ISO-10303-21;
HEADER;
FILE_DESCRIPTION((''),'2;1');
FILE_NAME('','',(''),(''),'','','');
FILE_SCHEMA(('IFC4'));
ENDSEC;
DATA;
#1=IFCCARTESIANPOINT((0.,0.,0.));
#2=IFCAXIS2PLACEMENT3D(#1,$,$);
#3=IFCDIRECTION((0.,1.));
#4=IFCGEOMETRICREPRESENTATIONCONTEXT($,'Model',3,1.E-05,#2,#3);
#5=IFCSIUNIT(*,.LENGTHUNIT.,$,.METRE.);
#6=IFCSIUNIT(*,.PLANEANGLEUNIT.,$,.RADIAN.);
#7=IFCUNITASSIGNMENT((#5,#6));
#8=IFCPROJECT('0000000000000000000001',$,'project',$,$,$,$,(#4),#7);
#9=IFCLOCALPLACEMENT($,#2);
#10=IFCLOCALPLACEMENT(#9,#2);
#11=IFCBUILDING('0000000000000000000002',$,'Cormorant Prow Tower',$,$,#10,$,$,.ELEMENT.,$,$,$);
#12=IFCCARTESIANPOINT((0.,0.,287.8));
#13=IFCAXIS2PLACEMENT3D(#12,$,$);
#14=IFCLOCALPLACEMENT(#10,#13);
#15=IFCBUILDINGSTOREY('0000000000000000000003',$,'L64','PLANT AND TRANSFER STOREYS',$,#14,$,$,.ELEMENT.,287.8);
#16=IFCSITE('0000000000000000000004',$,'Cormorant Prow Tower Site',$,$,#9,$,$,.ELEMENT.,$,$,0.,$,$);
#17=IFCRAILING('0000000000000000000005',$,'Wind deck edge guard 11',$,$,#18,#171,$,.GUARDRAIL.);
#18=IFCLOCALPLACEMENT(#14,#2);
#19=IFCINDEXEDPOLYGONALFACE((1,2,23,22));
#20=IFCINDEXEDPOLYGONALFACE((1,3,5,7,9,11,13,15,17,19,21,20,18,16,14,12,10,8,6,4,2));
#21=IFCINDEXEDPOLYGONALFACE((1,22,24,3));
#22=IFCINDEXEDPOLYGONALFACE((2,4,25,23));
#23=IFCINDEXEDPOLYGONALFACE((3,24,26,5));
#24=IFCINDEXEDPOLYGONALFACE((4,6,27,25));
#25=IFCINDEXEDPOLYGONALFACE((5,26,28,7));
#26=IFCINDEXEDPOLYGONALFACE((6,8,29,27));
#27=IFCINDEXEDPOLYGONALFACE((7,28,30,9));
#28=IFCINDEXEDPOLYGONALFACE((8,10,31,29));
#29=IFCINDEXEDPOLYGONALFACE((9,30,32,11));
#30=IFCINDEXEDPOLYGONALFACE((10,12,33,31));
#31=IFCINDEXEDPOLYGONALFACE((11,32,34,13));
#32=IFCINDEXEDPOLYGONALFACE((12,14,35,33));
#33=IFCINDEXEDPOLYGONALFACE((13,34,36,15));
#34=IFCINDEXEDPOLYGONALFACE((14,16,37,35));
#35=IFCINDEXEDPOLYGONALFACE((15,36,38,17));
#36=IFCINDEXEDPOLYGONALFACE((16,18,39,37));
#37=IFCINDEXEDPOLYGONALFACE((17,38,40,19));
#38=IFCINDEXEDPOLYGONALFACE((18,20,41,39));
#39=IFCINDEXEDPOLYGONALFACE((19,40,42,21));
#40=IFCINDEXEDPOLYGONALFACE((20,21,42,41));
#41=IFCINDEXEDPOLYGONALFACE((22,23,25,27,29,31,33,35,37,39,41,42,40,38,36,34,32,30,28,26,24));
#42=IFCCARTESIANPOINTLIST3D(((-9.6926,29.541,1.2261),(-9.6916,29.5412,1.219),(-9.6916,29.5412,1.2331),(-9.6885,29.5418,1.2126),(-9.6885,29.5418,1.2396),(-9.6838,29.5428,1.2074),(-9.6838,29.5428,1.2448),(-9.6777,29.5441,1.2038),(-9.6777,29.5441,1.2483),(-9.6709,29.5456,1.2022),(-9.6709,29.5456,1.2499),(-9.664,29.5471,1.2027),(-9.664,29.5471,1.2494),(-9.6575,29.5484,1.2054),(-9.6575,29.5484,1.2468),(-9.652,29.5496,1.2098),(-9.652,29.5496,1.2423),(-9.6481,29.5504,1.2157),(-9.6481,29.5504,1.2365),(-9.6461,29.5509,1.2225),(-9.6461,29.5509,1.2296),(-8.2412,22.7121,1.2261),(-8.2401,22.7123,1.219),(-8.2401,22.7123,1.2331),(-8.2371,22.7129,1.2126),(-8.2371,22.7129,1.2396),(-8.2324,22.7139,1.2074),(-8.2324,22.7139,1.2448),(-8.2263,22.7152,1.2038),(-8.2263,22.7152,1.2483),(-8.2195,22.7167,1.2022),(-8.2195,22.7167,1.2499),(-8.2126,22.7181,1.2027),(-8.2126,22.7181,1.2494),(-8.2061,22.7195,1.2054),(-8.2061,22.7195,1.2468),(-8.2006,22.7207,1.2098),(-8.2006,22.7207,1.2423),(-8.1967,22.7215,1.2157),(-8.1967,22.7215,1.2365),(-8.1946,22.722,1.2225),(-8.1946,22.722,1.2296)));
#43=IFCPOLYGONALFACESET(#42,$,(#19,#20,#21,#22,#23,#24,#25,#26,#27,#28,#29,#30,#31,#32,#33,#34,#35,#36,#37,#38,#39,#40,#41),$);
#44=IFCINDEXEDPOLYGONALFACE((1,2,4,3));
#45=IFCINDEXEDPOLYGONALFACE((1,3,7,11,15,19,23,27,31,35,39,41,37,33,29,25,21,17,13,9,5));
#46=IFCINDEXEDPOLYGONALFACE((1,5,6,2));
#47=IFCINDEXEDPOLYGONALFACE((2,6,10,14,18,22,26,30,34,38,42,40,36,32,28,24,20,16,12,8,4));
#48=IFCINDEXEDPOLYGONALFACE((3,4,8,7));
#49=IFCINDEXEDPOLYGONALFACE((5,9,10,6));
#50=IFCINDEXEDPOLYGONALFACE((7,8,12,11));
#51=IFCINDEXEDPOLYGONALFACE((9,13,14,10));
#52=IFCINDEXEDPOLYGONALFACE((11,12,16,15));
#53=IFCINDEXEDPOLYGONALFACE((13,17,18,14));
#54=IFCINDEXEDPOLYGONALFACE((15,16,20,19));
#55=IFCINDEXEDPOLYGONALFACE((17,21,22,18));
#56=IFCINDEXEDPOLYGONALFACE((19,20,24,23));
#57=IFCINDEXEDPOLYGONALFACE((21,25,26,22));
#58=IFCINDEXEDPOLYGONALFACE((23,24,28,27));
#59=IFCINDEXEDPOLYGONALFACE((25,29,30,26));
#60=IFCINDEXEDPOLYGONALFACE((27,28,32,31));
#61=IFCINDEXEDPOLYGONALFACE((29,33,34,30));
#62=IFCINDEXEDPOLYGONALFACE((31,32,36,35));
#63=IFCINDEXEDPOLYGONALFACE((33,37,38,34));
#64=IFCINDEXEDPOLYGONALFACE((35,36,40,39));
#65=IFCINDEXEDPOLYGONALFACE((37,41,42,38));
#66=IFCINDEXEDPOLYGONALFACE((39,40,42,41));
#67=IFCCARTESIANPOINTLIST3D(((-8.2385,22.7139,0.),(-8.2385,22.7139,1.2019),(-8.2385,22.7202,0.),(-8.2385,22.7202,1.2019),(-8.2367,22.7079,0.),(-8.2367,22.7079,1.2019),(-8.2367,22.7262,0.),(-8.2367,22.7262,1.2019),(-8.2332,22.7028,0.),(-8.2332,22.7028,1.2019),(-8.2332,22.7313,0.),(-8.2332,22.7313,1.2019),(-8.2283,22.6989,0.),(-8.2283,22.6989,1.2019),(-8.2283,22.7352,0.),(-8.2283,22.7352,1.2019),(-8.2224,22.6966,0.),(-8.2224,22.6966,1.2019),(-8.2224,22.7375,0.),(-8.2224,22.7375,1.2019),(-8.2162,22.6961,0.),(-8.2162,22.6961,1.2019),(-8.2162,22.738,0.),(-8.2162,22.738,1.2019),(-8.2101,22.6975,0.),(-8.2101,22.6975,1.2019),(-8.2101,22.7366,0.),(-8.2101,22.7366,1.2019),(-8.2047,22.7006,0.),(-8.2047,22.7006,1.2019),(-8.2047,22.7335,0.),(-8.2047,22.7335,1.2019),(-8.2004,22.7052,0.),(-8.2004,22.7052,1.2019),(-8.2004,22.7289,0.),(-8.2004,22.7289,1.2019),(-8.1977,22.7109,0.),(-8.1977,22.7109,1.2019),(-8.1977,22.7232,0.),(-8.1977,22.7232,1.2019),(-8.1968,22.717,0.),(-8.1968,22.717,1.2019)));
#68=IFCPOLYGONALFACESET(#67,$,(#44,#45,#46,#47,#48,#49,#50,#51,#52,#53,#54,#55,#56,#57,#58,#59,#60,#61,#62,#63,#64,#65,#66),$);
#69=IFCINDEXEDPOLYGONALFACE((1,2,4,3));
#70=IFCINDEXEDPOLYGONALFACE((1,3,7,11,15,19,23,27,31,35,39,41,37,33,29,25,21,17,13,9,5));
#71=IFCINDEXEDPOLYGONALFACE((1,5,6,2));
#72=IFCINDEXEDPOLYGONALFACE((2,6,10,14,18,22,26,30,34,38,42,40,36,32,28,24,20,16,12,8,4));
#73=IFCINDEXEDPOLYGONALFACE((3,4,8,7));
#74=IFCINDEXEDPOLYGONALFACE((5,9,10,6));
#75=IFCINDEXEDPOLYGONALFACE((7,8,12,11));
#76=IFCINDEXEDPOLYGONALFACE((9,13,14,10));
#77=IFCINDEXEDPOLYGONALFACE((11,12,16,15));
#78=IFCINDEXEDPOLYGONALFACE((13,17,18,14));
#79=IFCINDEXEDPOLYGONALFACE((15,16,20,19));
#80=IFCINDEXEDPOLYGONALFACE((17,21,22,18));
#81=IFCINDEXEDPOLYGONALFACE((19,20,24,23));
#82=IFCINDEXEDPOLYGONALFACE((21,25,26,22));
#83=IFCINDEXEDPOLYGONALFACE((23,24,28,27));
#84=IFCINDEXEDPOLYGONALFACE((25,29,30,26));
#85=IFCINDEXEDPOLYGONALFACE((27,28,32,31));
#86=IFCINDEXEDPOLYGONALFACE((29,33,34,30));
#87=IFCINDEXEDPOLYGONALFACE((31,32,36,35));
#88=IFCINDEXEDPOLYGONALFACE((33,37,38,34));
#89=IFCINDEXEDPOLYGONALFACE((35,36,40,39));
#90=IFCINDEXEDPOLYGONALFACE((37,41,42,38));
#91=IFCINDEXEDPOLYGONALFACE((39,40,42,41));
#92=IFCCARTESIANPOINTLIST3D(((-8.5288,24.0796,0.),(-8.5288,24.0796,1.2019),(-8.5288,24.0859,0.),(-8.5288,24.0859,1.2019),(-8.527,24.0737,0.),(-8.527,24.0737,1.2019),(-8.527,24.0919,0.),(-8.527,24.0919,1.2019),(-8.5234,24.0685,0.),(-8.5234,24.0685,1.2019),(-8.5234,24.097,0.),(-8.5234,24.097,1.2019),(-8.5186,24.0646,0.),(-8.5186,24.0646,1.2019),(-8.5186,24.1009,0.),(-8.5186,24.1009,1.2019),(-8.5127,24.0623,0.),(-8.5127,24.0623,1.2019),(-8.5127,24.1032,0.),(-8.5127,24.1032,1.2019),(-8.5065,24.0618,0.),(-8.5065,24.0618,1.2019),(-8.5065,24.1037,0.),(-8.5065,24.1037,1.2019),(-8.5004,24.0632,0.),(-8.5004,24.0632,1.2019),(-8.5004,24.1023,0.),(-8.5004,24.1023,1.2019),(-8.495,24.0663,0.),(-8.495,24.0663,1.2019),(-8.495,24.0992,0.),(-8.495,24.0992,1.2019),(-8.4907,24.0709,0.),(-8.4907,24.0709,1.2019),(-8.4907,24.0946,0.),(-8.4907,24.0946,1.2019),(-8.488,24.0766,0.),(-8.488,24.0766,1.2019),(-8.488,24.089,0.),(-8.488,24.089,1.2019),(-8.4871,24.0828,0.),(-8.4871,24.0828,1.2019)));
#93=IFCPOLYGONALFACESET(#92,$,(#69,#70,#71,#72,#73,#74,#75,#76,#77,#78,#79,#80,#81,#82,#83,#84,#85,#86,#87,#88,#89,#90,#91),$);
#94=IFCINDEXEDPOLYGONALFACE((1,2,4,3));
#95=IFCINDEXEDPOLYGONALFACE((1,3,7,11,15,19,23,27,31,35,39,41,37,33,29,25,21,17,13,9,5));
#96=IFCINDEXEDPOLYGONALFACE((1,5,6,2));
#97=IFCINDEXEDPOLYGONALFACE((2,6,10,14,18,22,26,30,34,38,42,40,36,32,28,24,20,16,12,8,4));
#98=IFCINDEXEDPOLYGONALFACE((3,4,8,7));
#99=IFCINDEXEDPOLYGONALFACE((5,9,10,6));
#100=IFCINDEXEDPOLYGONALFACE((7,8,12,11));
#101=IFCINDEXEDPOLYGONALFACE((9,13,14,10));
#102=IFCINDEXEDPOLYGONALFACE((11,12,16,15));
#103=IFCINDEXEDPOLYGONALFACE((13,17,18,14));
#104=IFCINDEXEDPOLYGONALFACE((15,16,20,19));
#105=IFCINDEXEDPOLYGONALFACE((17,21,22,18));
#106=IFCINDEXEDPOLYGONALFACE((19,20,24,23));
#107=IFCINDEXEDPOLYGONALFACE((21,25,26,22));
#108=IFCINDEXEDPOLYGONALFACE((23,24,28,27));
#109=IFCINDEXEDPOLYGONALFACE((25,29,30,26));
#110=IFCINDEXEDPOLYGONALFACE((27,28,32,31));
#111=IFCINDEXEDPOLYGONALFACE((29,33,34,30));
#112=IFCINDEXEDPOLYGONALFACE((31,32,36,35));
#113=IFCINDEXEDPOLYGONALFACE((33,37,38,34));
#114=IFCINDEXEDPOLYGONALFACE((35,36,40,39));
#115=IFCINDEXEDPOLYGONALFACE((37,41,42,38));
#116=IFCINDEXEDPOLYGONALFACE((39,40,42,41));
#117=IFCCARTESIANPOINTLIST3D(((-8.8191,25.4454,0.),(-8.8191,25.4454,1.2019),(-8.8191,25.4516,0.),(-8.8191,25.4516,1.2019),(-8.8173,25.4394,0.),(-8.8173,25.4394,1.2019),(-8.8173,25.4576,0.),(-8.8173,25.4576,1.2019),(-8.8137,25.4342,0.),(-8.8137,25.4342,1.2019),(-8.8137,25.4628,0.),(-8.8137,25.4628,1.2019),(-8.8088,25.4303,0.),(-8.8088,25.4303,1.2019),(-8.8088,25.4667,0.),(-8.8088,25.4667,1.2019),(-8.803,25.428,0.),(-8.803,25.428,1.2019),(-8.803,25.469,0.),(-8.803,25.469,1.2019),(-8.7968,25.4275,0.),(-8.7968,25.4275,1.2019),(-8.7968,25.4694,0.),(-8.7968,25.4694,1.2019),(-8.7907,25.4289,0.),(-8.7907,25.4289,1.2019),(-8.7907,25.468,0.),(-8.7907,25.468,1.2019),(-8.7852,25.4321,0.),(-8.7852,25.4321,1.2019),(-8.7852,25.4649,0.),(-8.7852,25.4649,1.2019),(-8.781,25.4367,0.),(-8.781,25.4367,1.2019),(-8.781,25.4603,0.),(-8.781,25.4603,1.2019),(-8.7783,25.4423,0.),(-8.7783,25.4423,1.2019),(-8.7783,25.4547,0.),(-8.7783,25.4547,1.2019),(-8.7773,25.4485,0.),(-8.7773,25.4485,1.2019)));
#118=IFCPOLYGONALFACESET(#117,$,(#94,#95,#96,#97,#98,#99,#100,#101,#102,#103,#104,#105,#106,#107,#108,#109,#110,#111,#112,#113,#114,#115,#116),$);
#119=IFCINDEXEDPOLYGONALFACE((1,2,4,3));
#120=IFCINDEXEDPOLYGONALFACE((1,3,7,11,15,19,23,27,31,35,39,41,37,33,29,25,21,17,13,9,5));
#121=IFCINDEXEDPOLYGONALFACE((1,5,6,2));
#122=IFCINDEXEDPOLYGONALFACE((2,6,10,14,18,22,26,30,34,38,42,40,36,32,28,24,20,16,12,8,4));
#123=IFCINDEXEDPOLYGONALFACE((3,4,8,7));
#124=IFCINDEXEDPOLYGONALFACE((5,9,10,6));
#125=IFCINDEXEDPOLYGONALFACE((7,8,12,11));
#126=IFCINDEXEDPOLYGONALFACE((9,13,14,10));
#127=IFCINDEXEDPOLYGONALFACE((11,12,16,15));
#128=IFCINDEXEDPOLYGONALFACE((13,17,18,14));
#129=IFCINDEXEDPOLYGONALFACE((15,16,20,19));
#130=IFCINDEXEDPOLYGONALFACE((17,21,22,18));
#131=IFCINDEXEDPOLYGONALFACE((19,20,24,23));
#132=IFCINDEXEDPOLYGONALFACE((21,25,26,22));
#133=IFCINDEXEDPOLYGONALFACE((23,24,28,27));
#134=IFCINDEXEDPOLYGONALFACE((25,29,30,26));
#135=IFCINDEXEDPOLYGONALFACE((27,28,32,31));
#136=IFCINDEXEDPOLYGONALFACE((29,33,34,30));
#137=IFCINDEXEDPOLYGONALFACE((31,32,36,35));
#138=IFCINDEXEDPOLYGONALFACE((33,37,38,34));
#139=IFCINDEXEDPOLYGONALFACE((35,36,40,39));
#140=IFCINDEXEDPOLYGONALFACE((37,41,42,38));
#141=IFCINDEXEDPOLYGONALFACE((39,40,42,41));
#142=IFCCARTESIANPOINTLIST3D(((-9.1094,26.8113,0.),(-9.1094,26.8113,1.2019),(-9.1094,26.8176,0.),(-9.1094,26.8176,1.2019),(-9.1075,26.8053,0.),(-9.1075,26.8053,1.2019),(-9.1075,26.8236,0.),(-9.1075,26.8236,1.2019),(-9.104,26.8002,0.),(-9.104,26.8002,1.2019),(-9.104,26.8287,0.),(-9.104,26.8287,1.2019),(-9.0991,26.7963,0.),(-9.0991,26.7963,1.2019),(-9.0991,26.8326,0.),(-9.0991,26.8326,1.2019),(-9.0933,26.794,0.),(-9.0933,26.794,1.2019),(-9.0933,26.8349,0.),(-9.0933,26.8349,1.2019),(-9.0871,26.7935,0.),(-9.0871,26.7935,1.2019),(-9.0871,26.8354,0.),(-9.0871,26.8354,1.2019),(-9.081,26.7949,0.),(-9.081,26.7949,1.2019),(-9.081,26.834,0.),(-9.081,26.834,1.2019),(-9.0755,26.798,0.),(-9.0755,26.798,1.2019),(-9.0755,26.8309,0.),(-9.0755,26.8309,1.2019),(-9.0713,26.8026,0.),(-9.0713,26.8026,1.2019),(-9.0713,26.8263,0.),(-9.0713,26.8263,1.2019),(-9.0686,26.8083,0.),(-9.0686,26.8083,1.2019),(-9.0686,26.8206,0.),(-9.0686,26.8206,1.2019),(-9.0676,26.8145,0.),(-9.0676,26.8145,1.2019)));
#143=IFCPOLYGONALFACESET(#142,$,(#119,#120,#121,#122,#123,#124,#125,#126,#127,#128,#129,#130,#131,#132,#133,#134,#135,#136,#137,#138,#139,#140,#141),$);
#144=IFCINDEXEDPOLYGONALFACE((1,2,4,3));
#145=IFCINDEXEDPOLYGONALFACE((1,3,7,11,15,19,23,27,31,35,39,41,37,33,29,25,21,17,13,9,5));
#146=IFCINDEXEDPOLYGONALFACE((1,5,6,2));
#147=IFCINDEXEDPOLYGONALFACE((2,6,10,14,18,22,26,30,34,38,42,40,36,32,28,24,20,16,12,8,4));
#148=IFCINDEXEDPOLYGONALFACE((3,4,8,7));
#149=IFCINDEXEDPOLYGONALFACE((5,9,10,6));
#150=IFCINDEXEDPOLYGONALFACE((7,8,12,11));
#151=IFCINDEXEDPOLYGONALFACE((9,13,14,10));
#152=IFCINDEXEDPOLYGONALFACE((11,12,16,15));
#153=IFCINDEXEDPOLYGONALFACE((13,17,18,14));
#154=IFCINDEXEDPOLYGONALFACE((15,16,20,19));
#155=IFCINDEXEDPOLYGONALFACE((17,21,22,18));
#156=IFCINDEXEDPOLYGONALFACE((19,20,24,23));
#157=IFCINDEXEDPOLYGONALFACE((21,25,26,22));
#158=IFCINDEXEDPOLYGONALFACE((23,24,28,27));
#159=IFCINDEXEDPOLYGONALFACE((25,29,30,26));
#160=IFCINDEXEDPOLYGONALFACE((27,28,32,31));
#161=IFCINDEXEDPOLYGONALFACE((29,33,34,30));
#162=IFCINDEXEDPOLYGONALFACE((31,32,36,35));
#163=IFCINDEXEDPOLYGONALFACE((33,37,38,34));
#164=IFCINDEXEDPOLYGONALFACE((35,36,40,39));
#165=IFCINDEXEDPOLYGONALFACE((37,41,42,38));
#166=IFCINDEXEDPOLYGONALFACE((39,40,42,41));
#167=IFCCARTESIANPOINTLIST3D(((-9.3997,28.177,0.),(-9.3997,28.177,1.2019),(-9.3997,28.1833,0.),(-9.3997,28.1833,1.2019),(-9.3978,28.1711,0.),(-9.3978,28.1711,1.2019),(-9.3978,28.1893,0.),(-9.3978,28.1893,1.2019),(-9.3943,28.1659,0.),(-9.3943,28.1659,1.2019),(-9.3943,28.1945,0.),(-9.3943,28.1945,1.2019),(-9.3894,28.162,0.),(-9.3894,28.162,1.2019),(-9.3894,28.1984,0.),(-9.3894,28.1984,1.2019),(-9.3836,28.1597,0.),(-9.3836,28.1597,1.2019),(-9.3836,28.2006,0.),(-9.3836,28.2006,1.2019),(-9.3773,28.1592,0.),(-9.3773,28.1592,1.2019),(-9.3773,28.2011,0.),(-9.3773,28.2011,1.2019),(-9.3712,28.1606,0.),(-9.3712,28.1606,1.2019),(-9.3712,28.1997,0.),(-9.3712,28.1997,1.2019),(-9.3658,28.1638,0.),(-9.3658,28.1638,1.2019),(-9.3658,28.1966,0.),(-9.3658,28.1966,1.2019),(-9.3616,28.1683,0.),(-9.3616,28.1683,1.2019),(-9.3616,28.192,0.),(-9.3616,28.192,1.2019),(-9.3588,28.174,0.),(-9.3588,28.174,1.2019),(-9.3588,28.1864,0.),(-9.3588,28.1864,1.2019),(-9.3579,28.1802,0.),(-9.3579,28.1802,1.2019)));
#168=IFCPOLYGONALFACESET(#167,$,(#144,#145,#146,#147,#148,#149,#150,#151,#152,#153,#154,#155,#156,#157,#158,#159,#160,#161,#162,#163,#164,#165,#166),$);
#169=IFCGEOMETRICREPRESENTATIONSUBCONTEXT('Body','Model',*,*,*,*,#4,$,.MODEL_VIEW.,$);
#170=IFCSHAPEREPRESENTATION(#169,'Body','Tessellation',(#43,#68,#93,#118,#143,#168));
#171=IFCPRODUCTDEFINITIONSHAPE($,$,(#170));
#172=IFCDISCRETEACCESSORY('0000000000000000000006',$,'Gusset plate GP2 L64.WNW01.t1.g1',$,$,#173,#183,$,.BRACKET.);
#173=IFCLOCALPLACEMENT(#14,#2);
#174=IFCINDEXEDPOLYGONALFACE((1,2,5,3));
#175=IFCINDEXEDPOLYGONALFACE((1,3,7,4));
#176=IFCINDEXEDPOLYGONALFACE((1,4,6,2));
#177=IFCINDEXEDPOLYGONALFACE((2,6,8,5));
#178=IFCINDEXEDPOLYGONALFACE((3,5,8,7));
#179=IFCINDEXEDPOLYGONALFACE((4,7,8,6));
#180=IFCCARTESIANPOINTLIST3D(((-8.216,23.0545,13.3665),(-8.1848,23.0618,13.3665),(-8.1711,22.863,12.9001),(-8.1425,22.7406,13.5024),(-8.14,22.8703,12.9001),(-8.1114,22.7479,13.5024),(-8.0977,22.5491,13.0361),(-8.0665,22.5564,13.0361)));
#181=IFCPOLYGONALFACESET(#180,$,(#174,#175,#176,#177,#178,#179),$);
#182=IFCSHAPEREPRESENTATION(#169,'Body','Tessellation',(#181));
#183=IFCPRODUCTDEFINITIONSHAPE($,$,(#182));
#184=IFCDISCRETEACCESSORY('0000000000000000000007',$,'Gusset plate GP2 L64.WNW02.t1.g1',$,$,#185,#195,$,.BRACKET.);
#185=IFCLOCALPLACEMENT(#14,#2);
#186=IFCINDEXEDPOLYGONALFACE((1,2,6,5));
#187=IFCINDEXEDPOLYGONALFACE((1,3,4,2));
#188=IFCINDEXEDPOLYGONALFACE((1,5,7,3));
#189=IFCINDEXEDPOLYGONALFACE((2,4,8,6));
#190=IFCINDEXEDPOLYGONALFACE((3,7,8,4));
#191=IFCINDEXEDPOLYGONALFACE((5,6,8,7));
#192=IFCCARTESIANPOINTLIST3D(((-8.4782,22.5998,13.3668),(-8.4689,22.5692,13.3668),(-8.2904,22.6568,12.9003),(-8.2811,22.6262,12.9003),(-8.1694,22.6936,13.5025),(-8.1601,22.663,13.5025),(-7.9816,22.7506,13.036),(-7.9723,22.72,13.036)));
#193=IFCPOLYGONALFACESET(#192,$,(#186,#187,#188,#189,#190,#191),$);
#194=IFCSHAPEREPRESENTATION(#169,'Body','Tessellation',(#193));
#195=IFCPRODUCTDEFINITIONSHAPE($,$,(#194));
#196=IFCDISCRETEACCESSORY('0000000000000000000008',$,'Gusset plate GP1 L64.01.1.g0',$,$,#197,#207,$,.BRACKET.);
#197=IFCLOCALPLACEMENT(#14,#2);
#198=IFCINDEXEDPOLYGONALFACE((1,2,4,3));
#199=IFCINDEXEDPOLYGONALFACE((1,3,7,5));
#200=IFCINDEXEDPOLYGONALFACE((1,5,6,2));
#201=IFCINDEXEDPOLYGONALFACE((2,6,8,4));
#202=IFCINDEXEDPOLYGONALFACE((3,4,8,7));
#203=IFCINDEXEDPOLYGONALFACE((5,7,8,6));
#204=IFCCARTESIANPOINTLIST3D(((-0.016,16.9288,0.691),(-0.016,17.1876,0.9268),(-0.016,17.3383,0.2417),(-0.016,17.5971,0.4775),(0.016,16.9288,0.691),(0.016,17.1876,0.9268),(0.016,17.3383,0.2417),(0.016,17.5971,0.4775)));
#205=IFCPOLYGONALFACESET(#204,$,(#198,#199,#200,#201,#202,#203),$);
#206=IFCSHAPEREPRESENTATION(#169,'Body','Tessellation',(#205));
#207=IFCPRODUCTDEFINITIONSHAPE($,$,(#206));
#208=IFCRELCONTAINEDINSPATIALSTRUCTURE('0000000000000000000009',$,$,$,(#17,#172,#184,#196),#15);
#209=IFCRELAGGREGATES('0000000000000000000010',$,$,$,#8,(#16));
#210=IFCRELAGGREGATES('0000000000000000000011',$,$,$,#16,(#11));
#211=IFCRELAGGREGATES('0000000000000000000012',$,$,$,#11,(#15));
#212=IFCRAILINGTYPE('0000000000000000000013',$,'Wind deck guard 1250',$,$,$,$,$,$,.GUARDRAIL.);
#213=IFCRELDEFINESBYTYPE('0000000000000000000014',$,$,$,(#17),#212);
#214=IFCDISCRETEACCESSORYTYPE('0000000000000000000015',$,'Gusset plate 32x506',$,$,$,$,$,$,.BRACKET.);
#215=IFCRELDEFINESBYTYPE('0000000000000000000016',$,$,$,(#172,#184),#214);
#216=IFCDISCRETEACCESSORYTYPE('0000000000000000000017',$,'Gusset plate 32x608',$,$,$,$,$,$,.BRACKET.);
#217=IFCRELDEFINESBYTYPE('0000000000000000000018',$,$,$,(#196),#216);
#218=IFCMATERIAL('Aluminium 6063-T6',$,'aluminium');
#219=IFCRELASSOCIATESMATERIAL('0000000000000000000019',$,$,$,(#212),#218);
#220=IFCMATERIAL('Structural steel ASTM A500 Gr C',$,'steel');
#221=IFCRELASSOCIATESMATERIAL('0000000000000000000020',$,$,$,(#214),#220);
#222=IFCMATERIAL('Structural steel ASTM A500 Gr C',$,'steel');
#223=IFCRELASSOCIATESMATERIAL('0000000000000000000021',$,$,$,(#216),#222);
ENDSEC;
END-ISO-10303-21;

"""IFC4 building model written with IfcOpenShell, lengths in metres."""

from ifc_helpers import new_model, si_unit, direction, frame, origin, origin_2d, place, context, subcontext, project, spatial, rectangle, circle, extrude, material, material_profile, profile_set, type_object, element, save


model = new_model("IFC4")

# Units and contexts
model_context = context("Model", 3, precision=1e-05, world=origin(), true_north=direction((0.0, 1.0)))
body_context = subcontext(model_context, "Body", "Model", "MODEL_VIEW")
ifc_project = project(units=[si_unit("LENGTHUNIT", "METRE"), si_unit("PLANEANGLEUNIT", "RADIAN")], contexts=[model_context])

# Site, building, storey
site_placement = place(None, origin())
site = spatial("IfcSite", under=ifc_project, at=site_placement, Name="Cormorant Prow Tower Site", CompositionType="ELEMENT", RefElevation=0.0)
building_placement = place(site_placement, origin())
building = spatial("IfcBuilding", under=site, at=building_placement, Name="Cormorant Prow Tower", CompositionType="ELEMENT")
storey_placement = place(building_placement, frame((0.0, 0.0, 287.8)))
storey = spatial("IfcBuildingStorey", under=building, at=storey_placement, Name="L64", Description="PLANT AND TRANSFER STOREYS", CompositionType="ELEMENT", Elevation=287.8)

# Railing
ifc_material_1 = material(Name="Aluminium 6063-T6", Category="aluminium")
railing_type = type_object("IfcRailingType", Name="Wind deck guard 1250", PredefinedType="GUARDRAIL", material=ifc_material_1)
railing_placement = place(storey_placement, frame((-8.2178, 22.717, 0.0)))
element("IfcRailing", 1, at=railing_placement, inside=storey, type_object=railing_type, Name="Wind deck edge guard 11", PredefinedType="GUARDRAIL", context=body_context, shape_type="SweptSolid", body=[
    extrude(circle(Radius=0.0239, at=origin_2d()), frame((0.0, 0.0, 1.2261), z_axis=(-0.207898, 0.978151, 0.0), x_axis=(-0.978151, -0.207898, 0.0)), (0.0, 0.0, 1.0), 6.9814),
    extrude(circle(Radius=0.021, at=origin_2d()), origin(), (0.0, 0.0, 1.0), 1.2019),
    extrude(circle(Radius=0.021, at=origin_2d()), frame((-0.2903, 1.3657, 0.0)), (0.0, 0.0, 1.0), 1.2019),
    extrude(circle(Radius=0.021, at=origin_2d()), frame((-0.5806, 2.7314, 0.0)), (0.0, 0.0, 1.0), 1.2019),
    extrude(circle(Radius=0.021, at=origin_2d()), frame((-0.8708, 4.0974, 0.0)), (0.0, 0.0, 1.0), 1.2019),
    extrude(circle(Radius=0.021, at=origin_2d()), frame((-1.1611, 5.4631, 0.0)), (0.0, 0.0, 1.0), 1.2019),
])

# Discrete accessories
ifc_material_2 = material(Name="Structural steel ASTM A500 Gr C", Category="steel")
ifc_material_profile_1 = material_profile(ifc_material_2, rectangle(XDim=0.032, YDim=0.5061, at=origin_2d()), Name="Gusset plate 32x506")
ifc_profile_set_1 = profile_set([ifc_material_profile_1], Name="Structural steel ASTM A500 Gr C")
discrete_accessory_type_1 = type_object("IfcDiscreteAccessoryType", Name="Gusset plate 32x506", PredefinedType="BRACKET", material=ifc_profile_set_1)
discrete_accessory_1_placement = place(storey_placement, frame((-8.178, 22.9624, 13.1333), z_axis=(0.20999, -0.897165, 0.388586), x_axis=(0.973685, 0.2279, 0.0)))
element("IfcDiscreteAccessory", 2, at=discrete_accessory_1_placement, inside=storey, type_object=discrete_accessory_type_1, Name="Gusset plate GP2 L64.WNW01.t1.g1", PredefinedType="BRACKET", context=body_context, shape_type="SweptSolid", body=[
    extrude(rectangle(XDim=0.032, YDim=0.5061, at=origin_2d()), origin(), (0.0, 0.0, 1.0), 0.3499),
])
discrete_accessory_2_placement = place(storey_placement, frame((-8.3796, 22.613, 13.1335), z_axis=(0.882049, 0.267752, 0.387683), x_axis=(-0.290469, 0.956884, 0.0)))
element("IfcDiscreteAccessory", 3, at=discrete_accessory_2_placement, inside=storey, type_object=discrete_accessory_type_1, Name="Gusset plate GP2 L64.WNW02.t1.g1", PredefinedType="BRACKET", context=body_context, shape_type="SweptSolid", body=[
    extrude(rectangle(XDim=0.032, YDim=0.5061, at=origin_2d()), origin(), (0.0, 0.0, 1.0), 0.3501),
])
ifc_material_3 = material(Name="Structural steel ASTM A500 Gr C", Category="steel")
ifc_material_profile_2 = material_profile(ifc_material_3, rectangle(XDim=0.032, YDim=0.6079, at=origin_2d()), Name="Gusset plate 32x608")
ifc_profile_set_2 = profile_set([ifc_material_profile_2], Name="Structural steel ASTM A500 Gr C")
discrete_accessory_type_2 = type_object("IfcDiscreteAccessoryType", Name="Gusset plate 32x608", PredefinedType="BRACKET", material=ifc_profile_set_2)
discrete_accessory_3_placement = place(storey_placement, frame((0.0, 17.3923, 0.7021), z_axis=(0.0, -0.739119, -0.673575), x_axis=(1.0, 0.0, 0.0)))
element("IfcDiscreteAccessory", 4, at=discrete_accessory_3_placement, inside=storey, type_object=discrete_accessory_type_2, Name="Gusset plate GP1 L64.01.1.g0", PredefinedType="BRACKET", context=body_context, shape_type="SweptSolid", body=[
    extrude(rectangle(XDim=0.032, YDim=0.6079, at=origin_2d()), origin(), (0.0, 0.0, 1.0), 0.3501),
])

save(model, "model.ifc")
